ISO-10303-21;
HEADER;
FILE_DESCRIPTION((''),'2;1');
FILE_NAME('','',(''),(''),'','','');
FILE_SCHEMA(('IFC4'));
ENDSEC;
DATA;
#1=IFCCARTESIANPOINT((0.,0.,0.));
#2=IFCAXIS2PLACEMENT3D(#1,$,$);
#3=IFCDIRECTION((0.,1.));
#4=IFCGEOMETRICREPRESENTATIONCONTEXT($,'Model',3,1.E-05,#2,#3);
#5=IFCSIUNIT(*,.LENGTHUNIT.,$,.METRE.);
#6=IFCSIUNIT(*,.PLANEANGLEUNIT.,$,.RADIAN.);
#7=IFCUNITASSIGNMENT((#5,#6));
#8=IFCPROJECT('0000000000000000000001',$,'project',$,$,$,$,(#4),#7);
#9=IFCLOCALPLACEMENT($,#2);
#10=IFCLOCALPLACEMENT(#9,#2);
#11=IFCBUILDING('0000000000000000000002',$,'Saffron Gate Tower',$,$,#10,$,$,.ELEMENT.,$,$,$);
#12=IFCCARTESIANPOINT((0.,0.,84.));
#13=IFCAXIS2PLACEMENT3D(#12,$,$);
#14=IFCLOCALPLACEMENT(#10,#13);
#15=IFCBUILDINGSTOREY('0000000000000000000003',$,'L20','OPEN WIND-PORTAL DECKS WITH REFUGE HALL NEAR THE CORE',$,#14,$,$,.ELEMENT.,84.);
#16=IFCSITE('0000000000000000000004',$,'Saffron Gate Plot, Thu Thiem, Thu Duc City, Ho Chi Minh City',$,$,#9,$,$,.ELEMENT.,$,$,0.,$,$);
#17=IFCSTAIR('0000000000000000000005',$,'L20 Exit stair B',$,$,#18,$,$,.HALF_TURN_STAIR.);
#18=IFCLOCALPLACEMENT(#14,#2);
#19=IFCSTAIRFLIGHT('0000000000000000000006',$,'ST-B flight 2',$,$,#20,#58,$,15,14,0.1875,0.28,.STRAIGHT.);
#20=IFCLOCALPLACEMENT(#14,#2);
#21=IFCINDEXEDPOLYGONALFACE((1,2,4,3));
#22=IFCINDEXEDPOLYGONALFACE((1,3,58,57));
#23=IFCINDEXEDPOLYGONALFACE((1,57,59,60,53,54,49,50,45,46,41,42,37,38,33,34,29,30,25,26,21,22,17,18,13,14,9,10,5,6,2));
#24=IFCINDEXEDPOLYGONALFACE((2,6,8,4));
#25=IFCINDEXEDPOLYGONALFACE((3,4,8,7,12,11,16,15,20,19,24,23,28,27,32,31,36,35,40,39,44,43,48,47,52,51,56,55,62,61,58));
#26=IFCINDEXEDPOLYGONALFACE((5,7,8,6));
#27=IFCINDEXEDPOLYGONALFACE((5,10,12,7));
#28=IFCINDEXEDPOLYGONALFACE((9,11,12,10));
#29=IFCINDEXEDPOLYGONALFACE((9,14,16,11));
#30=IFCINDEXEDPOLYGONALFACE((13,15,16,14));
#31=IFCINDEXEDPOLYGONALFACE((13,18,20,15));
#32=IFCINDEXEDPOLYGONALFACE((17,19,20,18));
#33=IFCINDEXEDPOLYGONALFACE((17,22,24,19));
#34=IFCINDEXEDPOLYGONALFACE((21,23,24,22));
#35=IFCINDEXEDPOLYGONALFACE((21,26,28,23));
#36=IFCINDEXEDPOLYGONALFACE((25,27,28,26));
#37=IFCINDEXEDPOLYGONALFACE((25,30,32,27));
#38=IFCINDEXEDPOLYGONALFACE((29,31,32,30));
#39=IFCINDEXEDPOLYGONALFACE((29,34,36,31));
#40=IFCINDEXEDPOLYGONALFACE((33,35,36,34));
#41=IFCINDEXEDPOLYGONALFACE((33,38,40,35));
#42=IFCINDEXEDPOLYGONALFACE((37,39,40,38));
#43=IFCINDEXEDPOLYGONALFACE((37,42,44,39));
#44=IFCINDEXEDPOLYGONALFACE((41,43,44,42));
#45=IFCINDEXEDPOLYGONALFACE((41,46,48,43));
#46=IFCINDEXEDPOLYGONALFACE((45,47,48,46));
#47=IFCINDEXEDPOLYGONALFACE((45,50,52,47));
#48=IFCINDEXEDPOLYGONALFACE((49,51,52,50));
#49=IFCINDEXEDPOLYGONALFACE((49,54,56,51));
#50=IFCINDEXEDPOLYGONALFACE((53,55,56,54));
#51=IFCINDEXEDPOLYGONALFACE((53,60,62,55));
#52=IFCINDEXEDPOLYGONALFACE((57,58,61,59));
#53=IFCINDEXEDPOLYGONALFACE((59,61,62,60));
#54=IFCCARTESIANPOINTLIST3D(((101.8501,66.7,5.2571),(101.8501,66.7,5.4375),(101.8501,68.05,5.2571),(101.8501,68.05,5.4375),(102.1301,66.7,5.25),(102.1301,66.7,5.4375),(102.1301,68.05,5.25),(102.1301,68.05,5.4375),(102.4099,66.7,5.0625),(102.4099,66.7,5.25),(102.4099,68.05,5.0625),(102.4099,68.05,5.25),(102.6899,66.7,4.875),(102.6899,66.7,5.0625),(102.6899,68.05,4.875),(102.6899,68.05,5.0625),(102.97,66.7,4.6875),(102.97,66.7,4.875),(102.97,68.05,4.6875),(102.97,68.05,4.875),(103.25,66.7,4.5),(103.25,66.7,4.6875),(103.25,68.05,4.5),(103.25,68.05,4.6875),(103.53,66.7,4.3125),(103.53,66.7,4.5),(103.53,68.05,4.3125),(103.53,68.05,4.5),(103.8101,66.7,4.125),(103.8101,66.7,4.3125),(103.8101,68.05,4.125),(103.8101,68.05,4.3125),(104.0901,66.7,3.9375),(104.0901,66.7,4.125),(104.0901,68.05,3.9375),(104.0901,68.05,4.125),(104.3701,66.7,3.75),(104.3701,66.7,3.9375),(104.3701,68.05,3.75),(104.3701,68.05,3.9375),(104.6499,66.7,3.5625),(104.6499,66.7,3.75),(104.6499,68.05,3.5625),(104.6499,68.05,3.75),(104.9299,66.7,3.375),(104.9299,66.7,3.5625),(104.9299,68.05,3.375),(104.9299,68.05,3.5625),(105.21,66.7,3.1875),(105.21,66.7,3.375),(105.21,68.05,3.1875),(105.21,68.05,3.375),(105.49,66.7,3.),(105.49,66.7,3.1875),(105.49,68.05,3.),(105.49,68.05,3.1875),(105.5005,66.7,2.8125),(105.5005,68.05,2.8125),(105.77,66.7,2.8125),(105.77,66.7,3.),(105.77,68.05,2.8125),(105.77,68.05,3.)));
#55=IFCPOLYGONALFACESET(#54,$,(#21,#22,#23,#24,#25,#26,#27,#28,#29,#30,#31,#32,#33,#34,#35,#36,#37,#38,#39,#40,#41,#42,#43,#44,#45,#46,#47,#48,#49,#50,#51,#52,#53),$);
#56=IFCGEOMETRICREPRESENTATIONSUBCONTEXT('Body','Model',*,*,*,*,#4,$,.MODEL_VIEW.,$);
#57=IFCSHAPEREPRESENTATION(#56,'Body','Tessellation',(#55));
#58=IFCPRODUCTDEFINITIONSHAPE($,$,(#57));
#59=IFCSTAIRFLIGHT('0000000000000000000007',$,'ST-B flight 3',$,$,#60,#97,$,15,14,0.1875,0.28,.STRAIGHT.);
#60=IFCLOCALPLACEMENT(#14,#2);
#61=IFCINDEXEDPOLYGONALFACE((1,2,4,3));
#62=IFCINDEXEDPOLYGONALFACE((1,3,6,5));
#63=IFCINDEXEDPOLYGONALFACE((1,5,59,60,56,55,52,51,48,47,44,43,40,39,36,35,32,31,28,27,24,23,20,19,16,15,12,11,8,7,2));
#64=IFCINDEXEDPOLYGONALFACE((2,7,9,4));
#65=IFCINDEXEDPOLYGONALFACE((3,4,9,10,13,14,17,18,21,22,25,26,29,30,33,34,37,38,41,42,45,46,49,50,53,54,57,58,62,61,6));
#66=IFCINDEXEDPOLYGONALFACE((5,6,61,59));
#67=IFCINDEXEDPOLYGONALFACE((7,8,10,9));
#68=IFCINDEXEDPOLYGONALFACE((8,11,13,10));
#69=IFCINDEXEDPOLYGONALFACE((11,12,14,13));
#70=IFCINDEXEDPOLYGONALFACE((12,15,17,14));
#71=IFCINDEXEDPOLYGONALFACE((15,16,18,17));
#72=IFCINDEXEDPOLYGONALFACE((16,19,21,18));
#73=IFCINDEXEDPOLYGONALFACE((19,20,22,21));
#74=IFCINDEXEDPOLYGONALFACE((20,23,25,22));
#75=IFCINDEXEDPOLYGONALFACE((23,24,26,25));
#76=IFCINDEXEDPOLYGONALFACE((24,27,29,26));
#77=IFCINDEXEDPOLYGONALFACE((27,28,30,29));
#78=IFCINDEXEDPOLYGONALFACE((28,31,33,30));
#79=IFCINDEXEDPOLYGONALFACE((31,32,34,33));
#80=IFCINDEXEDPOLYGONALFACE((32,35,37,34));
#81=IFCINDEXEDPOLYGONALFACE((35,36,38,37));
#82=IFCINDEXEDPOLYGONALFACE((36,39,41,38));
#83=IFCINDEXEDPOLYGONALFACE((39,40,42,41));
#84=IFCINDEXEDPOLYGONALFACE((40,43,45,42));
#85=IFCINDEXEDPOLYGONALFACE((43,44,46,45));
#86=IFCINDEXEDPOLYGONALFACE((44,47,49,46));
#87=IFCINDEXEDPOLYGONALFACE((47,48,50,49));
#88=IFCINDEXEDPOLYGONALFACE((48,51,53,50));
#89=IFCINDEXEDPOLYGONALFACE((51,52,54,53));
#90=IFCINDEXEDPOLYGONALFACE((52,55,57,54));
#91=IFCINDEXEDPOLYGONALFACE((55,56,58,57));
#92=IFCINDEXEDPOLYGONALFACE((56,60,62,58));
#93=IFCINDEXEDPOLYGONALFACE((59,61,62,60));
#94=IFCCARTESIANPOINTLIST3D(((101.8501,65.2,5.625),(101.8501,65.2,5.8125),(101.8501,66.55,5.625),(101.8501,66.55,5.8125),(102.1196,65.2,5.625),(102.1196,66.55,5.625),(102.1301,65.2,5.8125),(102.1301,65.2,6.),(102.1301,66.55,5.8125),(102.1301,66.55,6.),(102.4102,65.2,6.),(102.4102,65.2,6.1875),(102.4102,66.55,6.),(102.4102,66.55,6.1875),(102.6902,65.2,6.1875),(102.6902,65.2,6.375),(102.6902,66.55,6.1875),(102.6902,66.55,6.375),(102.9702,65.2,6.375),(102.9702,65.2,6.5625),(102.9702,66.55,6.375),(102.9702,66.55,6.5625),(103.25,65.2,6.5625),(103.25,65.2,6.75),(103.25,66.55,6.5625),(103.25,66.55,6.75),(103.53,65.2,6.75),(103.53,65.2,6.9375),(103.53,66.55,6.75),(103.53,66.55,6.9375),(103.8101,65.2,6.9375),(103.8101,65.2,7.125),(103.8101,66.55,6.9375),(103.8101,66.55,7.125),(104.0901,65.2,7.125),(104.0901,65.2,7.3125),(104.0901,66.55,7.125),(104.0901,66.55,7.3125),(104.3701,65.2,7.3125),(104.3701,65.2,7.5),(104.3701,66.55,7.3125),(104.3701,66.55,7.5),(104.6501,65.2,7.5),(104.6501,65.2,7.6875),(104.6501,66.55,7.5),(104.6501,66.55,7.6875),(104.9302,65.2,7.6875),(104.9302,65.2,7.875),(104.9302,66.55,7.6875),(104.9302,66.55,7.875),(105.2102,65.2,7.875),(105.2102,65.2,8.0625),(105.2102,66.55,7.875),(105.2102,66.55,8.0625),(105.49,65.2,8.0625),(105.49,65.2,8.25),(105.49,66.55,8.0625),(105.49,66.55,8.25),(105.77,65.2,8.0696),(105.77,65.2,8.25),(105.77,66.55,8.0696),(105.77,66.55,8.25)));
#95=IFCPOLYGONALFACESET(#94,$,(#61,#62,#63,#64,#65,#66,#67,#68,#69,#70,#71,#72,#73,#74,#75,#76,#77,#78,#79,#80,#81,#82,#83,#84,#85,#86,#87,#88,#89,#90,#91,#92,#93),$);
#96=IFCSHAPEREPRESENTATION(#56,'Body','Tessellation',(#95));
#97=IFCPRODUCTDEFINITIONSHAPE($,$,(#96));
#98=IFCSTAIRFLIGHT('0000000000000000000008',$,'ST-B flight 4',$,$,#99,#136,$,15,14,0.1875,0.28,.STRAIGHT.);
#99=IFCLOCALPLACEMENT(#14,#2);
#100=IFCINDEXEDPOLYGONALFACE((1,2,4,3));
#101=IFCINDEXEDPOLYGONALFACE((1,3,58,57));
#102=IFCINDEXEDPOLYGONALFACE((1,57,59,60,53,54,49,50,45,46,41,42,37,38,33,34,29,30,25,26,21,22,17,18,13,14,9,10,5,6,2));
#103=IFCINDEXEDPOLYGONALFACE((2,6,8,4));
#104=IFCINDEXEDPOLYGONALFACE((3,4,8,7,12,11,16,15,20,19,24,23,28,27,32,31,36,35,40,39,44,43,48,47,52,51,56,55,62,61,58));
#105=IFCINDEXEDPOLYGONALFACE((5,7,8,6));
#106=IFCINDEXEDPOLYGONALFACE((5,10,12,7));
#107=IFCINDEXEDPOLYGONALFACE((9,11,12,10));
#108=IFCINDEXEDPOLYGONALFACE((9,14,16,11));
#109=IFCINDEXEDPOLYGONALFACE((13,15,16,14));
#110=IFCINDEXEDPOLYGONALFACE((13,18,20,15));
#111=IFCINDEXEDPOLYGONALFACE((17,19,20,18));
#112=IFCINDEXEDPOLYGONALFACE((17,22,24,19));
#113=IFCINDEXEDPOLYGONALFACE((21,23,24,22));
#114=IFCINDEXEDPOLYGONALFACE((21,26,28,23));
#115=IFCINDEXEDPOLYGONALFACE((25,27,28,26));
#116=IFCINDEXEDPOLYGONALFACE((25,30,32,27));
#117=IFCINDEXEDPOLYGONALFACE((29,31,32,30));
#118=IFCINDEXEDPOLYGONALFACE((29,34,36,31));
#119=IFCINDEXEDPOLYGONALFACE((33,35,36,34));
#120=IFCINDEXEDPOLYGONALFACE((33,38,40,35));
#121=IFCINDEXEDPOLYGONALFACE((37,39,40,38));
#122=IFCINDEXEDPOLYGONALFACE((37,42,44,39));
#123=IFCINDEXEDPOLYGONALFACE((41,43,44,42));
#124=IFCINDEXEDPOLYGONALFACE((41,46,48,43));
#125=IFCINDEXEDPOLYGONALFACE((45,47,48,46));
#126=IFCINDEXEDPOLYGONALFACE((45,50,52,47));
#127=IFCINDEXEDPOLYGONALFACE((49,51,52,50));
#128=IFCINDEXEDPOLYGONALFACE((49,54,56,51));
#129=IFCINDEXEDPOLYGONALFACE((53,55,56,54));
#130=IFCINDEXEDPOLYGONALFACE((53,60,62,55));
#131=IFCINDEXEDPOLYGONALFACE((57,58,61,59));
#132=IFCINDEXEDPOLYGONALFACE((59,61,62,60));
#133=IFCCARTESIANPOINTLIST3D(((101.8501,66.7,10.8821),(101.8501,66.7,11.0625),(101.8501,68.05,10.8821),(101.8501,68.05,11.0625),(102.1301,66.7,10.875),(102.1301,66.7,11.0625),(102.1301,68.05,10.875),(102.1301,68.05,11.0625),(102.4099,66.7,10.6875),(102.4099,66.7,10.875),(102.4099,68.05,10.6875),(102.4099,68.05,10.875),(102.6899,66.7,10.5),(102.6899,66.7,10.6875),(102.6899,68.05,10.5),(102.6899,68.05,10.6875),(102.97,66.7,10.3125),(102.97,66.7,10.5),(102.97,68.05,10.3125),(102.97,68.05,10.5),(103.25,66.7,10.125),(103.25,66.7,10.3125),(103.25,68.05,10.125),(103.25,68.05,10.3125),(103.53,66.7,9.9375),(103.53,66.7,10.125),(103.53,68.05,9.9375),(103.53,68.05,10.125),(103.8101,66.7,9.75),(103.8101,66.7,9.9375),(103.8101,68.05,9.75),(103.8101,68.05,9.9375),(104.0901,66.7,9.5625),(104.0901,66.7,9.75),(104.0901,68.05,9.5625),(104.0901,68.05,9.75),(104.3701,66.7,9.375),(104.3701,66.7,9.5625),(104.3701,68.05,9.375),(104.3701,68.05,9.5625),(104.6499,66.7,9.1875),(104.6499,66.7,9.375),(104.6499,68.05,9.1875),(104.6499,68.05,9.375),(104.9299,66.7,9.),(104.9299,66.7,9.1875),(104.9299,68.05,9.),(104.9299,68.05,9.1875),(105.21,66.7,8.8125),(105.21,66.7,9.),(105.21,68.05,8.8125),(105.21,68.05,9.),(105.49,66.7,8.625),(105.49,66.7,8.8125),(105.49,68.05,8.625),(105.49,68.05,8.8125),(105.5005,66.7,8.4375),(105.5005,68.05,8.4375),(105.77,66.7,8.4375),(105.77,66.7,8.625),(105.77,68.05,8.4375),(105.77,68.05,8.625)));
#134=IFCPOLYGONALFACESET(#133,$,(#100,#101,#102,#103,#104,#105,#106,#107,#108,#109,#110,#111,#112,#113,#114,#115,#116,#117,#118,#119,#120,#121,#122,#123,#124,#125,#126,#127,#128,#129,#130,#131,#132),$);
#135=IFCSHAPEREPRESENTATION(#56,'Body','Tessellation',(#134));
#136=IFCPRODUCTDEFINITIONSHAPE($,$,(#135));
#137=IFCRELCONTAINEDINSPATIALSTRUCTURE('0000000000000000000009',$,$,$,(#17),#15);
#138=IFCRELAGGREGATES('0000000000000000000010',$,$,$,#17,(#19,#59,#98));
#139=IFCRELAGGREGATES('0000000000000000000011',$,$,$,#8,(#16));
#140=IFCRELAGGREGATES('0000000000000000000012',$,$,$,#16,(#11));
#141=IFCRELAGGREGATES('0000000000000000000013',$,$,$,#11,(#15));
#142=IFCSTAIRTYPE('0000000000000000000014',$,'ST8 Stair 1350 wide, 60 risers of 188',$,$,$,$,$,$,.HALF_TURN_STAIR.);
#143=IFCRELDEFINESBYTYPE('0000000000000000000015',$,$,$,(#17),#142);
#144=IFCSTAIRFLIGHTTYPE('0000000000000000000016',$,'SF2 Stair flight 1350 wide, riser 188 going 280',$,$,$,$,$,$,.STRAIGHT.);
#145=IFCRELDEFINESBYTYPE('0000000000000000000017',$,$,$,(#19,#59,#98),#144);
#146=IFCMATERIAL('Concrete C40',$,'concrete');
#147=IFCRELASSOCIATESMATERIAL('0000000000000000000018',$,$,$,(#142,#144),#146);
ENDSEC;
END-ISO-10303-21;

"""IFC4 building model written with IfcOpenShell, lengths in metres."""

from ifc_helpers import new_model, si_unit, direction, frame, origin, place, context, subcontext, project, spatial, polyline, outline, extrude, material, type_object, element, aggregate, save


model = new_model("IFC4")

# Units and contexts
model_context = context("Model", 3, precision=1e-05, world=origin(), true_north=direction((0.0, 1.0)))
body_context = subcontext(model_context, "Body", "Model", "MODEL_VIEW")
ifc_project = project(units=[si_unit("LENGTHUNIT", "METRE"), si_unit("PLANEANGLEUNIT", "RADIAN")], contexts=[model_context])

# Site, building, storey
site_placement = place(None, origin())
site = spatial("IfcSite", under=ifc_project, at=site_placement, Name="Saffron Gate Plot, Thu Thiem, Thu Duc City, Ho Chi Minh City", CompositionType="ELEMENT", RefElevation=0.0)
building_placement = place(site_placement, origin())
building = spatial("IfcBuilding", under=site, at=building_placement, Name="Saffron Gate Tower", CompositionType="ELEMENT")
storey_placement = place(building_placement, frame((0.0, 0.0, 84.0)))
storey = spatial("IfcBuildingStorey", under=building, at=storey_placement, Name="L20", Description="OPEN WIND-PORTAL DECKS WITH REFUGE HALL NEAR THE CORE", CompositionType="ELEMENT", Elevation=84.0)

# Stair, stair flights
ifc_material_1 = material(Name="Concrete C40", Category="concrete")
stair_type = type_object("IfcStairType", Name="ST8 Stair 1350 wide, 60 risers of 188", PredefinedType="HALF_TURN_STAIR", material=ifc_material_1)
stair_placement = place(storey_placement, origin())
stair = element("IfcStair", 1, at=stair_placement, inside=storey, type_object=stair_type, Name="L20 Exit stair B", PredefinedType="HALF_TURN_STAIR")
stair_flight_type = type_object("IfcStairFlightType", Name="SF2 Stair flight 1350 wide, riser 188 going 280", PredefinedType="STRAIGHT", material=ifc_material_1)
stair_flight_1_placement = place(storey_placement, frame((105.77, 67.375, 2.8125), z_axis=(0.0, 0.0, 1.0), x_axis=(-1.0, 0.0, 0.0)))
stair_flight_1 = element("IfcStairFlight", 2, at=stair_flight_1_placement, type_object=stair_flight_type, Name="ST-B flight 2", NumberOfRisers=15, NumberOfTreads=14, PredefinedType="STRAIGHT", RiserHeight=0.1875, TreadLength=0.28, context=body_context, shape_type="SweptSolid", body=[
    extrude(outline(polyline([(0.0, 0.0), (0.0, 0.1875), (0.28, 0.1875), (0.28, 0.375), (0.5601, 0.375), (0.5601, 0.5625), (0.8401, 0.5625), (0.8401, 0.75), (1.1201, 0.75), (1.1201, 0.9375), (1.3999, 0.9375), (1.3999, 1.125), (1.6799, 1.125), (1.6799, 1.3125), (1.96, 1.3125), (1.96, 1.5), (2.24, 1.5), (2.24, 1.6875), (2.52, 1.6875), (2.52, 1.875), (2.8, 1.875), (2.8, 2.0625), (3.0801, 2.0625), (3.0801, 2.25), (3.3601, 2.25), (3.3601, 2.4375), (3.6399, 2.4375), (3.6399, 2.625), (3.9199, 2.625), (3.9199, 2.8125), (3.9199, 2.4446), (0.2695, 0.0), (0.0, 0.0)])), frame((0.0, 0.675, 0.0), z_axis=(0.0, -1.0, 0.0), x_axis=(1.0, 0.0, 0.0)), (0.0, 0.0, 1.0), 1.3501),
])
stair_flight_2_placement = place(storey_placement, frame((101.8501, 65.875, 5.625), z_axis=(0.0, 0.0, 1.0), x_axis=(1.0, 0.0, 0.0)))
stair_flight_2 = element("IfcStairFlight", 3, at=stair_flight_2_placement, type_object=stair_flight_type, Name="ST-B flight 3", NumberOfRisers=15, NumberOfTreads=14, PredefinedType="STRAIGHT", RiserHeight=0.1875, TreadLength=0.28, context=body_context, shape_type="SweptSolid", body=[
    extrude(outline(polyline([(0.0, 0.0), (0.0, 0.1875), (0.28, 0.1875), (0.28, 0.375), (0.5601, 0.375), (0.5601, 0.5625), (0.8401, 0.5625), (0.8401, 0.75), (1.1201, 0.75), (1.1201, 0.9375), (1.3999, 0.9375), (1.3999, 1.125), (1.6799, 1.125), (1.6799, 1.3125), (1.96, 1.3125), (1.96, 1.5), (2.24, 1.5), (2.24, 1.6875), (2.52, 1.6875), (2.52, 1.875), (2.8, 1.875), (2.8, 2.0625), (3.0801, 2.0625), (3.0801, 2.25), (3.3601, 2.25), (3.3601, 2.4375), (3.6399, 2.4375), (3.6399, 2.625), (3.9199, 2.625), (3.9199, 2.8125), (3.9199, 2.4446), (0.2695, 0.0), (0.0, 0.0)])), frame((0.0, 0.675, 0.0), z_axis=(0.0, -1.0, 0.0), x_axis=(1.0, 0.0, 0.0)), (0.0, 0.0, 1.0), 1.3501),
])
stair_flight_3_placement = place(storey_placement, frame((105.77, 67.375, 8.4375), z_axis=(0.0, 0.0, 1.0), x_axis=(-1.0, 0.0, 0.0)))
stair_flight_3 = element("IfcStairFlight", 4, at=stair_flight_3_placement, type_object=stair_flight_type, Name="ST-B flight 4", NumberOfRisers=15, NumberOfTreads=14, PredefinedType="STRAIGHT", RiserHeight=0.1875, TreadLength=0.28, context=body_context, shape_type="SweptSolid", body=[
    extrude(outline(polyline([(0.0, 0.0), (0.0, 0.1875), (0.28, 0.1875), (0.28, 0.375), (0.5601, 0.375), (0.5601, 0.5625), (0.8401, 0.5625), (0.8401, 0.75), (1.1201, 0.75), (1.1201, 0.9375), (1.3999, 0.9375), (1.3999, 1.125), (1.6799, 1.125), (1.6799, 1.3125), (1.96, 1.3125), (1.96, 1.5), (2.24, 1.5), (2.24, 1.6875), (2.52, 1.6875), (2.52, 1.875), (2.8, 1.875), (2.8, 2.0625), (3.0801, 2.0625), (3.0801, 2.25), (3.3601, 2.25), (3.3601, 2.4375), (3.6399, 2.4375), (3.6399, 2.625), (3.9199, 2.625), (3.9199, 2.8125), (3.9199, 2.4446), (0.2695, 0.0), (0.0, 0.0)])), frame((0.0, 0.675, 0.0), z_axis=(0.0, -1.0, 0.0), x_axis=(1.0, 0.0, 0.0)), (0.0, 0.0, 1.0), 1.3501),
])
aggregate(stair, [stair_flight_1, stair_flight_2, stair_flight_3])

save(model, "model.ifc")
